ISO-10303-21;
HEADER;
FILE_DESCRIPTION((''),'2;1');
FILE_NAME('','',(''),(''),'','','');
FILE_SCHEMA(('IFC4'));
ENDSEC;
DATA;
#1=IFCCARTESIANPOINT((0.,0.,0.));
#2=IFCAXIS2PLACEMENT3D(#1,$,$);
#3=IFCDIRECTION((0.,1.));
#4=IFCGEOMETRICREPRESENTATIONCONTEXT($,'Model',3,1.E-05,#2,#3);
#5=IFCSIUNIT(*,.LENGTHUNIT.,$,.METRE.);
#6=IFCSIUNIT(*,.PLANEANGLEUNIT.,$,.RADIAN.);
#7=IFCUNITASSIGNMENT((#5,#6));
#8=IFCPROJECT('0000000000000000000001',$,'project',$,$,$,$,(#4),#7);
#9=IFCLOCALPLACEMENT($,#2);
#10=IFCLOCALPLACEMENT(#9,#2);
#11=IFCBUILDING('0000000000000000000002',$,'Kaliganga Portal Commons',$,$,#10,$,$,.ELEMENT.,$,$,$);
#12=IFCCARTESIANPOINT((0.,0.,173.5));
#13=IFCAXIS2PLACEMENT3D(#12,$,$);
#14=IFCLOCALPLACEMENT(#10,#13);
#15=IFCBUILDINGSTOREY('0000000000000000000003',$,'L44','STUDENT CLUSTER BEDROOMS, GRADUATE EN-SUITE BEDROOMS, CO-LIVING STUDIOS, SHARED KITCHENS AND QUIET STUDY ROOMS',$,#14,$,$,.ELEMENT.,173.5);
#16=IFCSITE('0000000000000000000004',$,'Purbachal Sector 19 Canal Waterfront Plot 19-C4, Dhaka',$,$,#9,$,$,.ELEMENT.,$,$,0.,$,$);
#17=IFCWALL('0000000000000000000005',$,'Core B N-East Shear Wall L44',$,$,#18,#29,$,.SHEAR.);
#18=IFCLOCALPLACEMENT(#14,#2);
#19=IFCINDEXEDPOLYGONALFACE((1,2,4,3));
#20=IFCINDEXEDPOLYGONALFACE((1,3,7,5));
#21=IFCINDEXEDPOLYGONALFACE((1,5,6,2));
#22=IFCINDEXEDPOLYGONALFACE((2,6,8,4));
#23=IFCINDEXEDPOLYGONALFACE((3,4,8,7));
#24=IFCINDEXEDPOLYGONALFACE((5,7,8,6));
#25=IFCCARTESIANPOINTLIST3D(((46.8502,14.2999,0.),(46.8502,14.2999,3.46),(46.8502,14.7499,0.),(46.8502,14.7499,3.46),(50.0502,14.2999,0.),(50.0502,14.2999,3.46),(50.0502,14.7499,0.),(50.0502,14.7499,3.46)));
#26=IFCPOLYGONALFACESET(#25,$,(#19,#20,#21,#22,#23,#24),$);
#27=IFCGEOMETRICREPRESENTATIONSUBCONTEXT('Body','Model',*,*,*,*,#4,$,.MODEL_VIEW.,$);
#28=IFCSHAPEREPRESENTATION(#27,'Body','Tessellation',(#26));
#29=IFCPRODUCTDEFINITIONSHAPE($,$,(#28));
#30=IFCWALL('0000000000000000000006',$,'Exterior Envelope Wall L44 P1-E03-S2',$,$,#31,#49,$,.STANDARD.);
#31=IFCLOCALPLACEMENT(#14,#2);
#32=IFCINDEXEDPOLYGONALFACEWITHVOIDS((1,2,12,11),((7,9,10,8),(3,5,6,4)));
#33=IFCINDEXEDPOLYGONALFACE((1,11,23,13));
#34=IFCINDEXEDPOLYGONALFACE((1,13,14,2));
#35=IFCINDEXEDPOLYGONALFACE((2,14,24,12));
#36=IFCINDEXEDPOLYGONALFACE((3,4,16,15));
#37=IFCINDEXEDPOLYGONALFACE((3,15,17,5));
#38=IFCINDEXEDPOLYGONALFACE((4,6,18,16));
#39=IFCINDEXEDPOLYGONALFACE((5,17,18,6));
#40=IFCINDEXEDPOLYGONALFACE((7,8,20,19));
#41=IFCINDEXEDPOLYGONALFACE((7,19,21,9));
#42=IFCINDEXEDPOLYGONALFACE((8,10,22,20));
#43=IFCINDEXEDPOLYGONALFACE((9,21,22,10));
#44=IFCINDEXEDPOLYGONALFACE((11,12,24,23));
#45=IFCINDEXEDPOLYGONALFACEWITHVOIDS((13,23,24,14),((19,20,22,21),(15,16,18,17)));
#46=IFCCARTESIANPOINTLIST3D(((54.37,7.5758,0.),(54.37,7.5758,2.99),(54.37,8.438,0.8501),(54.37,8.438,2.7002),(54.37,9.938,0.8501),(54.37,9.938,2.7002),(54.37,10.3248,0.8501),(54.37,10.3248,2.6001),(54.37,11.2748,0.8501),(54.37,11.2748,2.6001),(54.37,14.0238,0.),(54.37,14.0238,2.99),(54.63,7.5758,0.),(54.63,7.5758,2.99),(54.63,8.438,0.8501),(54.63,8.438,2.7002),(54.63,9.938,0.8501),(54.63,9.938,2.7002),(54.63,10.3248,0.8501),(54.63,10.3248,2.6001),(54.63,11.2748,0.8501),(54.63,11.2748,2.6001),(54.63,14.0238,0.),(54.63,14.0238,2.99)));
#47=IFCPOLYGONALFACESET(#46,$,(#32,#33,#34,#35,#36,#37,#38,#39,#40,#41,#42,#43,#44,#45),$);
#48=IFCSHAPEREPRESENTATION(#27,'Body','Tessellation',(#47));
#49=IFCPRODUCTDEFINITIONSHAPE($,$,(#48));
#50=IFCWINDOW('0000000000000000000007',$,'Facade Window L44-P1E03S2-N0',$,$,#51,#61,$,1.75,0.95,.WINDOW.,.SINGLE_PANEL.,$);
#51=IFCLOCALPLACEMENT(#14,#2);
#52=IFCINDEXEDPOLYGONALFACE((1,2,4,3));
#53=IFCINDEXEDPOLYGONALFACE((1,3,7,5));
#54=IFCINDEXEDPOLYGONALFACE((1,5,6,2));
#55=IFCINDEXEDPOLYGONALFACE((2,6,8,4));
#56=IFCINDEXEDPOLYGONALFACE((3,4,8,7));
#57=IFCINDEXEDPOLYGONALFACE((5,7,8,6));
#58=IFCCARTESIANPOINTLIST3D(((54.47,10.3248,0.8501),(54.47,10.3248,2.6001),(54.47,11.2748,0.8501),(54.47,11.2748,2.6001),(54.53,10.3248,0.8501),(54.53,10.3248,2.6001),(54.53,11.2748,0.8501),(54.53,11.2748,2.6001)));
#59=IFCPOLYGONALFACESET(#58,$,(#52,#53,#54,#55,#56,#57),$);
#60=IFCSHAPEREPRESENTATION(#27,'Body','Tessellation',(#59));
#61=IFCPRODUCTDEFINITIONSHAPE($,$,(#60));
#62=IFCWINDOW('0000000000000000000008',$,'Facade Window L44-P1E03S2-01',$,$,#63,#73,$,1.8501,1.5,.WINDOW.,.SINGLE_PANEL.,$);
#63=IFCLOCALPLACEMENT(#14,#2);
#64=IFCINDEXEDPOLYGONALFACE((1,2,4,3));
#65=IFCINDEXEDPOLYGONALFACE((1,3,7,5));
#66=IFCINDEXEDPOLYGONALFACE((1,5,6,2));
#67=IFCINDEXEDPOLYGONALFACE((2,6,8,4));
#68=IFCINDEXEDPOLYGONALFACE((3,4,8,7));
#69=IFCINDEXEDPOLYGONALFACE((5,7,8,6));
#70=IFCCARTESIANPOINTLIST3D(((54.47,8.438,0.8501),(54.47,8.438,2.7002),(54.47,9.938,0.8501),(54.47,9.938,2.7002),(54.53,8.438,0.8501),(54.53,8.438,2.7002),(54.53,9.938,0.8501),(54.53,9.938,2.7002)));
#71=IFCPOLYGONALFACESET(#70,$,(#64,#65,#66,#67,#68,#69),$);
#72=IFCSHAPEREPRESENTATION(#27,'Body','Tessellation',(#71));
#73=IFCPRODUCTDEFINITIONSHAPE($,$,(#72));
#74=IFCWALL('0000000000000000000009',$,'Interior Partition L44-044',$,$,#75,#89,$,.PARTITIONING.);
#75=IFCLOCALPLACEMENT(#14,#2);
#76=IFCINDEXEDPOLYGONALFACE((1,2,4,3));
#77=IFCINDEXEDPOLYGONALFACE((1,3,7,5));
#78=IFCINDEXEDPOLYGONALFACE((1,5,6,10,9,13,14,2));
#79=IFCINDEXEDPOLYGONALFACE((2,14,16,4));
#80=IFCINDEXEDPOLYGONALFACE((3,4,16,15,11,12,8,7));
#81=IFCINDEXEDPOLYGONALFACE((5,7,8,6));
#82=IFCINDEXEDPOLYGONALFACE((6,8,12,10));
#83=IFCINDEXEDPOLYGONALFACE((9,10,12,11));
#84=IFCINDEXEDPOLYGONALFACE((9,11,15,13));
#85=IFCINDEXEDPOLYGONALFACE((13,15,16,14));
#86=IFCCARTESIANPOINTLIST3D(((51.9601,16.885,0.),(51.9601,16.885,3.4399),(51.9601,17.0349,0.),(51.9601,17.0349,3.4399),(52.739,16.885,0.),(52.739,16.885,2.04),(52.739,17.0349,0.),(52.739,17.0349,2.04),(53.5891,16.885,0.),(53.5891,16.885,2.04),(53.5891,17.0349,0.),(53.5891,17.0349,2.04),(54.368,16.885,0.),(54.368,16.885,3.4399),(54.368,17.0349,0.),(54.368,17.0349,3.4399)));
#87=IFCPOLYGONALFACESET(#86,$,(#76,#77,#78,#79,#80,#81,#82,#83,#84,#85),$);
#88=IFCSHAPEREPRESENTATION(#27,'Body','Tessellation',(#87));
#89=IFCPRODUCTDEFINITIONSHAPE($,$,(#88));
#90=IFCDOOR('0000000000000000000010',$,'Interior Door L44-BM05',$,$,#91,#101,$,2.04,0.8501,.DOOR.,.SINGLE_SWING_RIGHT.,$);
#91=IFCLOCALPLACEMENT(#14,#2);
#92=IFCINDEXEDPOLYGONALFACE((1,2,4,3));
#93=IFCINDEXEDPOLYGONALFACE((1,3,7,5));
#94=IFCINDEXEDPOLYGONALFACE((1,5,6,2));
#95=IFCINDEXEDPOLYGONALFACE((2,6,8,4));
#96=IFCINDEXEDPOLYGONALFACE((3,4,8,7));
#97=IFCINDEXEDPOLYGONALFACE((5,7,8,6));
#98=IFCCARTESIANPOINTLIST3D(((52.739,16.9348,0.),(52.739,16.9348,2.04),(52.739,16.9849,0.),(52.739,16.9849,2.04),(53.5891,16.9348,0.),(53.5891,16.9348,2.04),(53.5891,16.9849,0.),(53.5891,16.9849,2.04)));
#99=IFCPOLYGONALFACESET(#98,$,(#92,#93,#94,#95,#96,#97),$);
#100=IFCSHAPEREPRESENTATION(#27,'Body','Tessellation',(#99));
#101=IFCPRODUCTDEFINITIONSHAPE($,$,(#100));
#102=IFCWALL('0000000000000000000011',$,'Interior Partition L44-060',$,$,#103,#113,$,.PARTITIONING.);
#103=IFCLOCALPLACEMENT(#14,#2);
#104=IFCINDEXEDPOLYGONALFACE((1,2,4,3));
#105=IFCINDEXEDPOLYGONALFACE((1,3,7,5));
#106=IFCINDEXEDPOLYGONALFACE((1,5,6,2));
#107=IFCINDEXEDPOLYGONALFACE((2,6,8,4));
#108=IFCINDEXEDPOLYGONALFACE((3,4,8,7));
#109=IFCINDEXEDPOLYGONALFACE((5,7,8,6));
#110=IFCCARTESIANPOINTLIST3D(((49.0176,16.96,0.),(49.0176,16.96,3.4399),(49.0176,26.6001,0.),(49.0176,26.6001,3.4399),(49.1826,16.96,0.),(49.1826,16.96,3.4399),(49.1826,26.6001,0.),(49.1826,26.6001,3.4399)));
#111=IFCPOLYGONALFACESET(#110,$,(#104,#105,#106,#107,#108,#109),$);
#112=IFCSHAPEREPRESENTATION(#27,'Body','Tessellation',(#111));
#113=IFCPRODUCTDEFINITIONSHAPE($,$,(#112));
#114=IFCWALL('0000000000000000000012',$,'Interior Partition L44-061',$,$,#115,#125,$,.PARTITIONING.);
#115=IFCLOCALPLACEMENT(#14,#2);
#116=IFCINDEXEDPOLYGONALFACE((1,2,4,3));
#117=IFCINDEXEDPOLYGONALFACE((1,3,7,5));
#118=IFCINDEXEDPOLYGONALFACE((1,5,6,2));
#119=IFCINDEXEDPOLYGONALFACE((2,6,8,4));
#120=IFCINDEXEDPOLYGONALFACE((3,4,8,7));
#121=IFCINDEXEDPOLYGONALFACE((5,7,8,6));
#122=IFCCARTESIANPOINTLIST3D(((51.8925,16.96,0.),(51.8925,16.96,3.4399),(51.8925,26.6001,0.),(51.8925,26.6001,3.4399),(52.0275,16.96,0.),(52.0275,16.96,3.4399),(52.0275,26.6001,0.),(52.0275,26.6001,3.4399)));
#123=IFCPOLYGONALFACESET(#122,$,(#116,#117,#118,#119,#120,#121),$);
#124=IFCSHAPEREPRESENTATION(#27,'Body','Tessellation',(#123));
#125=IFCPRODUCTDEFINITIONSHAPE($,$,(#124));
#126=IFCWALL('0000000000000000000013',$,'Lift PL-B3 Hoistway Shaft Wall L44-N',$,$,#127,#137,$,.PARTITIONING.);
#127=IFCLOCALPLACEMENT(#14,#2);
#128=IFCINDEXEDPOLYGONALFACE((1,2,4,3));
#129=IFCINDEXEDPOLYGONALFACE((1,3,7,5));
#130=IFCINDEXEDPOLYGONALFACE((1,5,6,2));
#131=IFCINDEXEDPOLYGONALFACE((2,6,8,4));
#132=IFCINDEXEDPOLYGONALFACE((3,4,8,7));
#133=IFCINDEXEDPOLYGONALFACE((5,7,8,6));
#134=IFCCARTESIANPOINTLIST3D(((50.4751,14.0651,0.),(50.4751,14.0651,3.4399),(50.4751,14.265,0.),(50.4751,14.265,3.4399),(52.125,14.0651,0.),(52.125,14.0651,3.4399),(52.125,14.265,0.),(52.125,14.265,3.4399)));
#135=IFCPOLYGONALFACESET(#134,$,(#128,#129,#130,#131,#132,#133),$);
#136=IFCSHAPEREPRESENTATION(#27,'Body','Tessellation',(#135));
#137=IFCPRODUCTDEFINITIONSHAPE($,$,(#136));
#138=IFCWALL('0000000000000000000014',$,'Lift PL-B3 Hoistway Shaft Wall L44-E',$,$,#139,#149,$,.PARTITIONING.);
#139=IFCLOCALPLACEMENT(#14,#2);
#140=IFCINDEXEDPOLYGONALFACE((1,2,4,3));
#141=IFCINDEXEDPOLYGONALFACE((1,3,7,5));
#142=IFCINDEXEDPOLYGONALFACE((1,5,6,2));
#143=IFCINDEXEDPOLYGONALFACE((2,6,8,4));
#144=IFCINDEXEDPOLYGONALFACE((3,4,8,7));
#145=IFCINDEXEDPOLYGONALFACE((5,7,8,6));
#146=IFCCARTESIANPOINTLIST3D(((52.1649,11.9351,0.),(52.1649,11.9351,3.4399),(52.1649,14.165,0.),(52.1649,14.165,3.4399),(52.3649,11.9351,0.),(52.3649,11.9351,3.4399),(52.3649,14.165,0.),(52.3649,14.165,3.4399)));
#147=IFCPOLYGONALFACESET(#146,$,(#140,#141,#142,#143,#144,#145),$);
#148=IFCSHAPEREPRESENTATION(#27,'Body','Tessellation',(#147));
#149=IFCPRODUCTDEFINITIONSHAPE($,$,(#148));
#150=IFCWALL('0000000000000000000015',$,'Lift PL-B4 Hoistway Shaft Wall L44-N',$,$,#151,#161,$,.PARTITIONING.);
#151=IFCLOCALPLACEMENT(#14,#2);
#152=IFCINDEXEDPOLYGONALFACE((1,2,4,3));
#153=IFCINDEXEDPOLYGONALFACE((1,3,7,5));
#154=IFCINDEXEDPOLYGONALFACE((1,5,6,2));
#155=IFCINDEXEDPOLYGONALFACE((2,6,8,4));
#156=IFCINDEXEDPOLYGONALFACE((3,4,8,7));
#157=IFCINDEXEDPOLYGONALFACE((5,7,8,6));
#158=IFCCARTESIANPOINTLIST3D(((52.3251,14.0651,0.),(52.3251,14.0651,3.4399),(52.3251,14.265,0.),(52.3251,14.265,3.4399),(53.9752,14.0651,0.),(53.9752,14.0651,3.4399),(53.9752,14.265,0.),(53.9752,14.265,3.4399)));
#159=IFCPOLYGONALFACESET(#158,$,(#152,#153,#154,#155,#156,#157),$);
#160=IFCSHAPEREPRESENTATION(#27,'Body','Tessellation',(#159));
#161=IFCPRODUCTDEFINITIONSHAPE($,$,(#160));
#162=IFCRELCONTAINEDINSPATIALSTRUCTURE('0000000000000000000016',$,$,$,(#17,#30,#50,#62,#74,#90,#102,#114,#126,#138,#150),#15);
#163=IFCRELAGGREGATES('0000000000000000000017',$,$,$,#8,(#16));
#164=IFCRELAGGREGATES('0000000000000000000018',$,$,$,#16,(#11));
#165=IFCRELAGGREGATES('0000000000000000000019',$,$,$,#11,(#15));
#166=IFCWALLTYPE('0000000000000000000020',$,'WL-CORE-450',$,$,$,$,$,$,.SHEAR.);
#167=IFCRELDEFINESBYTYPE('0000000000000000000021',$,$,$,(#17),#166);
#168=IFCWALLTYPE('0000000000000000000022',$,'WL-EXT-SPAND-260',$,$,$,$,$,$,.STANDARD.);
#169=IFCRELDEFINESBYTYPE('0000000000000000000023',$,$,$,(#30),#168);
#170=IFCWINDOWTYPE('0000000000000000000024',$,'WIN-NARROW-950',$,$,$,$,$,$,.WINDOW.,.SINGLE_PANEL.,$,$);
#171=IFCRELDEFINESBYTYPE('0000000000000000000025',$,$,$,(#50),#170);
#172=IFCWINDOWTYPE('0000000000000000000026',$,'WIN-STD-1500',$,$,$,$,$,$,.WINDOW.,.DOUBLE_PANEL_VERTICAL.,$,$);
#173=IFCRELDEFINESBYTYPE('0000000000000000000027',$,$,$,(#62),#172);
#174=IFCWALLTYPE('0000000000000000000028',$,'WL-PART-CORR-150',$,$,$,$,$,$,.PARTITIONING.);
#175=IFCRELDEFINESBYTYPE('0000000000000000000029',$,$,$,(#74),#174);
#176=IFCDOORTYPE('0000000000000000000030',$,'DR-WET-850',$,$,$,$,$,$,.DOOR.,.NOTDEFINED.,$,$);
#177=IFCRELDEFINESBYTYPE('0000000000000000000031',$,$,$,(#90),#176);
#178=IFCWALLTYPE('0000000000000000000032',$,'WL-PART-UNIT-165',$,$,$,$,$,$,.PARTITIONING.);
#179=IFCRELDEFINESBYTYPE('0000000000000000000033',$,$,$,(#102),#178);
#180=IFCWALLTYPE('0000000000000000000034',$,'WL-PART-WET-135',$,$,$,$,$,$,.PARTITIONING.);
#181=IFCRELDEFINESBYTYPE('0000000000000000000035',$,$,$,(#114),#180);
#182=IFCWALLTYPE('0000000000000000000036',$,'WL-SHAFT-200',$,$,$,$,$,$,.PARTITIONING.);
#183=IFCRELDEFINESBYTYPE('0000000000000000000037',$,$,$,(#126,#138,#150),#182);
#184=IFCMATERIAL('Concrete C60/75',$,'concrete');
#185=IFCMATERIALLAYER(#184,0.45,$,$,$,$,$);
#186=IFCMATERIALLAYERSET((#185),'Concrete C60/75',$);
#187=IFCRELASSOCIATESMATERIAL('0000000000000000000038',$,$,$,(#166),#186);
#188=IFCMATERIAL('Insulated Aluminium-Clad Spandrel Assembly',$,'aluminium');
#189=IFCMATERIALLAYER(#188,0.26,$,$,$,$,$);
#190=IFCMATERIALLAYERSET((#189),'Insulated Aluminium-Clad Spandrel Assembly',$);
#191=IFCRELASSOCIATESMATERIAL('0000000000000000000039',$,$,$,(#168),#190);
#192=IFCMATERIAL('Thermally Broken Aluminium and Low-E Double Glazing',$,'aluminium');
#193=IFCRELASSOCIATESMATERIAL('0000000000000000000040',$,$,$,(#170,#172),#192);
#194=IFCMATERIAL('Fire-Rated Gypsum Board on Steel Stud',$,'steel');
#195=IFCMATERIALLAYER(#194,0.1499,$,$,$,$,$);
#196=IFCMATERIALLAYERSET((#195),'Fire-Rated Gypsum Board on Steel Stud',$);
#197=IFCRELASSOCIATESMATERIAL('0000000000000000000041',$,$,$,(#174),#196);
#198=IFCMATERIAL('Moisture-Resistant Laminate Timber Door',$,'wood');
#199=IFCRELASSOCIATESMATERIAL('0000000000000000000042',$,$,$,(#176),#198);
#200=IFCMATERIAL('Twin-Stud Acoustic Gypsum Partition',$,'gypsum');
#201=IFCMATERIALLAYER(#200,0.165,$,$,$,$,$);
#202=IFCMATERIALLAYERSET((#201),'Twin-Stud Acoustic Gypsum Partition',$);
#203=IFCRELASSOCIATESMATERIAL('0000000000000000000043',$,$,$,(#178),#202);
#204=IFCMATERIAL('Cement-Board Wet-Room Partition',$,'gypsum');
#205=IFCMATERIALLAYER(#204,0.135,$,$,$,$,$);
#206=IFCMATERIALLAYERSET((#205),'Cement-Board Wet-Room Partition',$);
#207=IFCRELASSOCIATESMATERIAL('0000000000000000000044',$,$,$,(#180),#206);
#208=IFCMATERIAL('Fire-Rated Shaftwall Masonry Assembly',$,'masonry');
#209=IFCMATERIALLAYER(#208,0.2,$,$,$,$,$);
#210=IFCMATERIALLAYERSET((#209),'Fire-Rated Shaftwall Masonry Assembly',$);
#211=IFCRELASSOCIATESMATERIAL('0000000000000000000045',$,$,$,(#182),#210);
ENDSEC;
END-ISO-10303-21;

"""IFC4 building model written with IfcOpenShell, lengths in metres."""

from ifc_helpers import new_model, si_unit, direction, frame, frame_2d, origin, place, context, subcontext, project, spatial, rectangle, extrude, material, layer, layer_set, type_object, element, fill, save


model = new_model("IFC4")

# Units and contexts
model_context = context("Model", 3, precision=1e-05, world=origin(), true_north=direction((0.0, 1.0)))
body_context = subcontext(model_context, "Body", "Model", "MODEL_VIEW")
ifc_project = project(units=[si_unit("LENGTHUNIT", "METRE"), si_unit("PLANEANGLEUNIT", "RADIAN")], contexts=[model_context])

# Site, building, storey
site_placement = place(None, origin())
site = spatial("IfcSite", under=ifc_project, at=site_placement, Name="Purbachal Sector 19 Canal Waterfront Plot 19-C4, Dhaka", CompositionType="ELEMENT", RefElevation=0.0)
building_placement = place(site_placement, origin())
building = spatial("IfcBuilding", under=site, at=building_placement, Name="Kaliganga Portal Commons", CompositionType="ELEMENT")
storey_placement = place(building_placement, frame((0.0, 0.0, 173.5)))
storey = spatial("IfcBuildingStorey", under=building, at=storey_placement, Name="L44", Description="STUDENT CLUSTER BEDROOMS, GRADUATE EN-SUITE BEDROOMS, CO-LIVING STUDIOS, SHARED KITCHENS AND QUIET STUDY ROOMS", CompositionType="ELEMENT", Elevation=173.5)

# Shared definitions
ifc_material_1 = material(Name="Concrete C60/75", Category="concrete")

# Wall
ifc_layer_1 = layer(ifc_material_1, 0.45)
ifc_layer_set_1 = layer_set([ifc_layer_1], Name="Concrete C60/75")
wall_type_1 = type_object("IfcWallType", Name="WL-CORE-450", PredefinedType="SHEAR", material=ifc_layer_set_1)
wall_1_placement = place(storey_placement, frame((46.8501, 14.5249, 0.0), z_axis=(0.0, 0.0, 1.0), x_axis=(1.0, 0.0, 0.0)))
element("IfcWall", 1, at=wall_1_placement, inside=storey, type_object=wall_type_1, Name="Core B N-East Shear Wall L44", PredefinedType="SHEAR", context=body_context, shape_type="SweptSolid", body=[
    extrude(rectangle(XDim=3.2, YDim=0.45, at=frame_2d((1.6001, 0.0))), origin(), (0.0, 0.0, 1.0), 3.46),
])

# Wall, openings, windows
ifc_material_2 = material(Name="Insulated Aluminium-Clad Spandrel Assembly", Category="aluminium")
ifc_layer_2 = layer(ifc_material_2, 0.26)
ifc_layer_set_2 = layer_set([ifc_layer_2], Name="Insulated Aluminium-Clad Spandrel Assembly")
wall_type_2 = type_object("IfcWallType", Name="WL-EXT-SPAND-260", PredefinedType="STANDARD", material=ifc_layer_set_2)
wall_2_placement = place(storey_placement, frame((54.5, 14.0239, 0.0), z_axis=(0.0, 0.0, 1.0), x_axis=(0.0, -1.0, 0.0)))
wall_2 = element("IfcWall", 2, at=wall_2_placement, inside=storey, type_object=wall_type_2, Name="Exterior Envelope Wall L44 P1-E03-S2", PredefinedType="STANDARD", context=body_context, shape_type="SweptSolid", body=[
    extrude(rectangle(XDim=6.448, YDim=0.26, at=frame_2d((3.2241, 0.0))), origin(), (0.0, 0.0, 1.0), 2.99),
])
opening_1_placement = place(wall_2_placement, frame((4.0859, 0.0, 0.8501)))
opening_1 = element("IfcOpeningElement", 3, at=opening_1_placement, cuts=wall_2, PredefinedType="OPENING", context=body_context, shape_type="SweptSolid", body=[
    extrude(rectangle(XDim=1.5, YDim=1.8501, at=frame_2d((0.75, 0.925))), frame((0.0, 0.1401, 0.0), z_axis=(0.0, -1.0, 0.0), x_axis=(1.0, 0.0, 0.0)), (0.0, 0.0, 1.0), 0.28),
])
opening_2_placement = place(wall_2_placement, frame((2.749, 0.0, 0.8501)))
opening_2 = element("IfcOpeningElement", 4, at=opening_2_placement, cuts=wall_2, PredefinedType="OPENING", context=body_context, shape_type="SweptSolid", body=[
    extrude(rectangle(XDim=0.95, YDim=1.75, at=frame_2d((0.4751, 0.875))), frame((0.0, 0.1401, 0.0), z_axis=(0.0, -1.0, 0.0), x_axis=(1.0, 0.0, 0.0)), (0.0, 0.0, 1.0), 0.28),
])
ifc_material_3 = material(Name="Thermally Broken Aluminium and Low-E Double Glazing", Category="aluminium")
window_type_1 = type_object("IfcWindowType", Name="WIN-NARROW-950", PartitioningType="SINGLE_PANEL", PredefinedType="WINDOW", material=ifc_material_3)
window_1_placement = place(opening_2_placement, origin())
window_1 = element("IfcWindow", 5, at=window_1_placement, inside=storey, type_object=window_type_1, Name="Facade Window L44-P1E03S2-N0", OverallHeight=1.75, OverallWidth=0.95, PartitioningType="SINGLE_PANEL", PredefinedType="WINDOW", context=body_context, shape_type="SweptSolid", body=[
    extrude(rectangle(XDim=0.95, YDim=1.75, at=frame_2d((0.4751, 0.875))), frame((0.0, 0.03, 0.0), z_axis=(0.0, -1.0, 0.0), x_axis=(1.0, 0.0, 0.0)), (0.0, 0.0, 1.0), 0.0601),
])
fill(opening_2, window_1)
window_type_2 = type_object("IfcWindowType", Name="WIN-STD-1500", PartitioningType="DOUBLE_PANEL_VERTICAL", PredefinedType="WINDOW", material=ifc_material_3)
window_2_placement = place(opening_1_placement, origin())
window_2 = element("IfcWindow", 6, at=window_2_placement, inside=storey, type_object=window_type_2, Name="Facade Window L44-P1E03S2-01", OverallHeight=1.8501, OverallWidth=1.5, PartitioningType="SINGLE_PANEL", PredefinedType="WINDOW", context=body_context, shape_type="SweptSolid", body=[
    extrude(rectangle(XDim=1.5, YDim=1.8501, at=frame_2d((0.75, 0.925))), frame((0.0, 0.03, 0.0), z_axis=(0.0, -1.0, 0.0), x_axis=(1.0, 0.0, 0.0)), (0.0, 0.0, 1.0), 0.0601),
])
fill(opening_1, window_2)

# Wall, opening, door
ifc_material_4 = material(Name="Fire-Rated Gypsum Board on Steel Stud", Category="steel")
ifc_layer_3 = layer(ifc_material_4, 0.1499)
ifc_layer_set_3 = layer_set([ifc_layer_3], Name="Fire-Rated Gypsum Board on Steel Stud")
wall_type_3 = type_object("IfcWallType", Name="WL-PART-CORR-150", PredefinedType="PARTITIONING", material=ifc_layer_set_3)
wall_3_placement = place(storey_placement, frame((51.96, 16.96, 0.0), z_axis=(0.0, 0.0, 1.0), x_axis=(1.0, 0.0, 0.0)))
wall_3 = element("IfcWall", 7, at=wall_3_placement, inside=storey, type_object=wall_type_3, Name="Interior Partition L44-044", PredefinedType="PARTITIONING", context=body_context, shape_type="SweptSolid", body=[
    extrude(rectangle(XDim=2.408, YDim=0.1499, at=frame_2d((1.2041, 0.0))), origin(), (0.0, 0.0, 1.0), 3.4399),
])
opening_3_placement = place(wall_3_placement, frame((0.7791, 0.0, 0.0)))
opening_3 = element("IfcOpeningElement", 8, at=opening_3_placement, cuts=wall_3, PredefinedType="OPENING", context=body_context, shape_type="SweptSolid", body=[
    extrude(rectangle(XDim=0.8501, YDim=2.04, at=frame_2d((0.425, 1.02))), frame((0.0, 0.085, 0.0), z_axis=(0.0, -1.0, 0.0), x_axis=(1.0, 0.0, 0.0)), (0.0, 0.0, 1.0), 0.1699),
])
ifc_material_5 = material(Name="Moisture-Resistant Laminate Timber Door", Category="wood")
door_type_1 = type_object("IfcDoorType", Name="DR-WET-850", OperationType="NOTDEFINED", PredefinedType="DOOR", material=ifc_material_5)
door_1_placement = place(opening_3_placement, origin())
door_1 = element("IfcDoor", 9, at=door_1_placement, inside=storey, type_object=door_type_1, Name="Interior Door L44-BM05", OperationType="SINGLE_SWING_RIGHT", OverallHeight=2.04, OverallWidth=0.8501, PredefinedType="DOOR", context=body_context, shape_type="SweptSolid", body=[
    extrude(rectangle(XDim=0.8501, YDim=2.04, at=frame_2d((0.425, 1.02))), frame((0.0, 0.0249, 0.0), z_axis=(0.0, -1.0, 0.0), x_axis=(1.0, 0.0, 0.0)), (0.0, 0.0, 1.0), 0.05),
])
fill(opening_3, door_1)

# Walls
ifc_material_6 = material(Name="Twin-Stud Acoustic Gypsum Partition", Category="gypsum")
ifc_layer_4 = layer(ifc_material_6, 0.165)
ifc_layer_set_4 = layer_set([ifc_layer_4], Name="Twin-Stud Acoustic Gypsum Partition")
wall_type_4 = type_object("IfcWallType", Name="WL-PART-UNIT-165", PredefinedType="PARTITIONING", material=ifc_layer_set_4)
wall_4_placement = place(storey_placement, frame((49.1001, 16.96, 0.0), z_axis=(0.0, 0.0, 1.0), x_axis=(0.0, 1.0, 0.0)))
element("IfcWall", 10, at=wall_4_placement, inside=storey, type_object=wall_type_4, Name="Interior Partition L44-060", PredefinedType="PARTITIONING", context=body_context, shape_type="SweptSolid", body=[
    extrude(rectangle(XDim=9.6401, YDim=0.165, at=frame_2d((4.8201, 0.0))), origin(), (0.0, 0.0, 1.0), 3.4399),
])
ifc_material_7 = material(Name="Cement-Board Wet-Room Partition", Category="gypsum")
ifc_layer_5 = layer(ifc_material_7, 0.135)
ifc_layer_set_5 = layer_set([ifc_layer_5], Name="Cement-Board Wet-Room Partition")
wall_type_5 = type_object("IfcWallType", Name="WL-PART-WET-135", PredefinedType="PARTITIONING", material=ifc_layer_set_5)
wall_5_placement = place(storey_placement, frame((51.96, 16.96, 0.0), z_axis=(0.0, 0.0, 1.0), x_axis=(0.0, 1.0, 0.0)))
element("IfcWall", 11, at=wall_5_placement, inside=storey, type_object=wall_type_5, Name="Interior Partition L44-061", PredefinedType="PARTITIONING", context=body_context, shape_type="SweptSolid", body=[
    extrude(rectangle(XDim=9.6401, YDim=0.135, at=frame_2d((4.8201, 0.0))), origin(), (0.0, 0.0, 1.0), 3.4399),
])

# Shared definitions
ifc_material_8 = material(Name="Fire-Rated Shaftwall Masonry Assembly", Category="masonry")
ifc_layer_6 = layer(ifc_material_8, 0.2)
ifc_layer_set_6 = layer_set([ifc_layer_6], Name="Fire-Rated Shaftwall Masonry Assembly")
wall_type_6 = type_object("IfcWallType", Name="WL-SHAFT-200", PredefinedType="PARTITIONING", material=ifc_layer_set_6)

# Walls
wall_6_placement = place(storey_placement, frame((50.4751, 14.165, 0.0), z_axis=(0.0, 0.0, 1.0), x_axis=(1.0, 0.0, 0.0)))
element("IfcWall", 12, at=wall_6_placement, inside=storey, type_object=wall_type_6, Name="Lift PL-B3 Hoistway Shaft Wall L44-N", PredefinedType="PARTITIONING", context=body_context, shape_type="SweptSolid", body=[
    extrude(rectangle(XDim=1.6499, YDim=0.2, at=frame_2d((0.825, 0.0))), origin(), (0.0, 0.0, 1.0), 3.4399),
])
wall_7_placement = place(storey_placement, frame((52.2649, 11.9351, 0.0), z_axis=(0.0, 0.0, 1.0), x_axis=(0.0, 1.0, 0.0)))
element("IfcWall", 13, at=wall_7_placement, inside=storey, type_object=wall_type_6, Name="Lift PL-B3 Hoistway Shaft Wall L44-E", PredefinedType="PARTITIONING", context=body_context, shape_type="SweptSolid", body=[
    extrude(rectangle(XDim=2.23, YDim=0.2, at=frame_2d((1.115, 0.0))), origin(), (0.0, 0.0, 1.0), 3.4399),
])

# Wall
wall_8_placement = place(storey_placement, frame((52.325, 14.165, 0.0), z_axis=(0.0, 0.0, 1.0), x_axis=(1.0, 0.0, 0.0)))
element("IfcWall", 14, at=wall_8_placement, inside=storey, type_object=wall_type_6, Name="Lift PL-B4 Hoistway Shaft Wall L44-N", PredefinedType="PARTITIONING", context=body_context, shape_type="SweptSolid", body=[
    extrude(rectangle(XDim=1.6501, YDim=0.2, at=frame_2d((0.8252, 0.0))), origin(), (0.0, 0.0, 1.0), 3.4399),
])

save(model, "model.ifc")
